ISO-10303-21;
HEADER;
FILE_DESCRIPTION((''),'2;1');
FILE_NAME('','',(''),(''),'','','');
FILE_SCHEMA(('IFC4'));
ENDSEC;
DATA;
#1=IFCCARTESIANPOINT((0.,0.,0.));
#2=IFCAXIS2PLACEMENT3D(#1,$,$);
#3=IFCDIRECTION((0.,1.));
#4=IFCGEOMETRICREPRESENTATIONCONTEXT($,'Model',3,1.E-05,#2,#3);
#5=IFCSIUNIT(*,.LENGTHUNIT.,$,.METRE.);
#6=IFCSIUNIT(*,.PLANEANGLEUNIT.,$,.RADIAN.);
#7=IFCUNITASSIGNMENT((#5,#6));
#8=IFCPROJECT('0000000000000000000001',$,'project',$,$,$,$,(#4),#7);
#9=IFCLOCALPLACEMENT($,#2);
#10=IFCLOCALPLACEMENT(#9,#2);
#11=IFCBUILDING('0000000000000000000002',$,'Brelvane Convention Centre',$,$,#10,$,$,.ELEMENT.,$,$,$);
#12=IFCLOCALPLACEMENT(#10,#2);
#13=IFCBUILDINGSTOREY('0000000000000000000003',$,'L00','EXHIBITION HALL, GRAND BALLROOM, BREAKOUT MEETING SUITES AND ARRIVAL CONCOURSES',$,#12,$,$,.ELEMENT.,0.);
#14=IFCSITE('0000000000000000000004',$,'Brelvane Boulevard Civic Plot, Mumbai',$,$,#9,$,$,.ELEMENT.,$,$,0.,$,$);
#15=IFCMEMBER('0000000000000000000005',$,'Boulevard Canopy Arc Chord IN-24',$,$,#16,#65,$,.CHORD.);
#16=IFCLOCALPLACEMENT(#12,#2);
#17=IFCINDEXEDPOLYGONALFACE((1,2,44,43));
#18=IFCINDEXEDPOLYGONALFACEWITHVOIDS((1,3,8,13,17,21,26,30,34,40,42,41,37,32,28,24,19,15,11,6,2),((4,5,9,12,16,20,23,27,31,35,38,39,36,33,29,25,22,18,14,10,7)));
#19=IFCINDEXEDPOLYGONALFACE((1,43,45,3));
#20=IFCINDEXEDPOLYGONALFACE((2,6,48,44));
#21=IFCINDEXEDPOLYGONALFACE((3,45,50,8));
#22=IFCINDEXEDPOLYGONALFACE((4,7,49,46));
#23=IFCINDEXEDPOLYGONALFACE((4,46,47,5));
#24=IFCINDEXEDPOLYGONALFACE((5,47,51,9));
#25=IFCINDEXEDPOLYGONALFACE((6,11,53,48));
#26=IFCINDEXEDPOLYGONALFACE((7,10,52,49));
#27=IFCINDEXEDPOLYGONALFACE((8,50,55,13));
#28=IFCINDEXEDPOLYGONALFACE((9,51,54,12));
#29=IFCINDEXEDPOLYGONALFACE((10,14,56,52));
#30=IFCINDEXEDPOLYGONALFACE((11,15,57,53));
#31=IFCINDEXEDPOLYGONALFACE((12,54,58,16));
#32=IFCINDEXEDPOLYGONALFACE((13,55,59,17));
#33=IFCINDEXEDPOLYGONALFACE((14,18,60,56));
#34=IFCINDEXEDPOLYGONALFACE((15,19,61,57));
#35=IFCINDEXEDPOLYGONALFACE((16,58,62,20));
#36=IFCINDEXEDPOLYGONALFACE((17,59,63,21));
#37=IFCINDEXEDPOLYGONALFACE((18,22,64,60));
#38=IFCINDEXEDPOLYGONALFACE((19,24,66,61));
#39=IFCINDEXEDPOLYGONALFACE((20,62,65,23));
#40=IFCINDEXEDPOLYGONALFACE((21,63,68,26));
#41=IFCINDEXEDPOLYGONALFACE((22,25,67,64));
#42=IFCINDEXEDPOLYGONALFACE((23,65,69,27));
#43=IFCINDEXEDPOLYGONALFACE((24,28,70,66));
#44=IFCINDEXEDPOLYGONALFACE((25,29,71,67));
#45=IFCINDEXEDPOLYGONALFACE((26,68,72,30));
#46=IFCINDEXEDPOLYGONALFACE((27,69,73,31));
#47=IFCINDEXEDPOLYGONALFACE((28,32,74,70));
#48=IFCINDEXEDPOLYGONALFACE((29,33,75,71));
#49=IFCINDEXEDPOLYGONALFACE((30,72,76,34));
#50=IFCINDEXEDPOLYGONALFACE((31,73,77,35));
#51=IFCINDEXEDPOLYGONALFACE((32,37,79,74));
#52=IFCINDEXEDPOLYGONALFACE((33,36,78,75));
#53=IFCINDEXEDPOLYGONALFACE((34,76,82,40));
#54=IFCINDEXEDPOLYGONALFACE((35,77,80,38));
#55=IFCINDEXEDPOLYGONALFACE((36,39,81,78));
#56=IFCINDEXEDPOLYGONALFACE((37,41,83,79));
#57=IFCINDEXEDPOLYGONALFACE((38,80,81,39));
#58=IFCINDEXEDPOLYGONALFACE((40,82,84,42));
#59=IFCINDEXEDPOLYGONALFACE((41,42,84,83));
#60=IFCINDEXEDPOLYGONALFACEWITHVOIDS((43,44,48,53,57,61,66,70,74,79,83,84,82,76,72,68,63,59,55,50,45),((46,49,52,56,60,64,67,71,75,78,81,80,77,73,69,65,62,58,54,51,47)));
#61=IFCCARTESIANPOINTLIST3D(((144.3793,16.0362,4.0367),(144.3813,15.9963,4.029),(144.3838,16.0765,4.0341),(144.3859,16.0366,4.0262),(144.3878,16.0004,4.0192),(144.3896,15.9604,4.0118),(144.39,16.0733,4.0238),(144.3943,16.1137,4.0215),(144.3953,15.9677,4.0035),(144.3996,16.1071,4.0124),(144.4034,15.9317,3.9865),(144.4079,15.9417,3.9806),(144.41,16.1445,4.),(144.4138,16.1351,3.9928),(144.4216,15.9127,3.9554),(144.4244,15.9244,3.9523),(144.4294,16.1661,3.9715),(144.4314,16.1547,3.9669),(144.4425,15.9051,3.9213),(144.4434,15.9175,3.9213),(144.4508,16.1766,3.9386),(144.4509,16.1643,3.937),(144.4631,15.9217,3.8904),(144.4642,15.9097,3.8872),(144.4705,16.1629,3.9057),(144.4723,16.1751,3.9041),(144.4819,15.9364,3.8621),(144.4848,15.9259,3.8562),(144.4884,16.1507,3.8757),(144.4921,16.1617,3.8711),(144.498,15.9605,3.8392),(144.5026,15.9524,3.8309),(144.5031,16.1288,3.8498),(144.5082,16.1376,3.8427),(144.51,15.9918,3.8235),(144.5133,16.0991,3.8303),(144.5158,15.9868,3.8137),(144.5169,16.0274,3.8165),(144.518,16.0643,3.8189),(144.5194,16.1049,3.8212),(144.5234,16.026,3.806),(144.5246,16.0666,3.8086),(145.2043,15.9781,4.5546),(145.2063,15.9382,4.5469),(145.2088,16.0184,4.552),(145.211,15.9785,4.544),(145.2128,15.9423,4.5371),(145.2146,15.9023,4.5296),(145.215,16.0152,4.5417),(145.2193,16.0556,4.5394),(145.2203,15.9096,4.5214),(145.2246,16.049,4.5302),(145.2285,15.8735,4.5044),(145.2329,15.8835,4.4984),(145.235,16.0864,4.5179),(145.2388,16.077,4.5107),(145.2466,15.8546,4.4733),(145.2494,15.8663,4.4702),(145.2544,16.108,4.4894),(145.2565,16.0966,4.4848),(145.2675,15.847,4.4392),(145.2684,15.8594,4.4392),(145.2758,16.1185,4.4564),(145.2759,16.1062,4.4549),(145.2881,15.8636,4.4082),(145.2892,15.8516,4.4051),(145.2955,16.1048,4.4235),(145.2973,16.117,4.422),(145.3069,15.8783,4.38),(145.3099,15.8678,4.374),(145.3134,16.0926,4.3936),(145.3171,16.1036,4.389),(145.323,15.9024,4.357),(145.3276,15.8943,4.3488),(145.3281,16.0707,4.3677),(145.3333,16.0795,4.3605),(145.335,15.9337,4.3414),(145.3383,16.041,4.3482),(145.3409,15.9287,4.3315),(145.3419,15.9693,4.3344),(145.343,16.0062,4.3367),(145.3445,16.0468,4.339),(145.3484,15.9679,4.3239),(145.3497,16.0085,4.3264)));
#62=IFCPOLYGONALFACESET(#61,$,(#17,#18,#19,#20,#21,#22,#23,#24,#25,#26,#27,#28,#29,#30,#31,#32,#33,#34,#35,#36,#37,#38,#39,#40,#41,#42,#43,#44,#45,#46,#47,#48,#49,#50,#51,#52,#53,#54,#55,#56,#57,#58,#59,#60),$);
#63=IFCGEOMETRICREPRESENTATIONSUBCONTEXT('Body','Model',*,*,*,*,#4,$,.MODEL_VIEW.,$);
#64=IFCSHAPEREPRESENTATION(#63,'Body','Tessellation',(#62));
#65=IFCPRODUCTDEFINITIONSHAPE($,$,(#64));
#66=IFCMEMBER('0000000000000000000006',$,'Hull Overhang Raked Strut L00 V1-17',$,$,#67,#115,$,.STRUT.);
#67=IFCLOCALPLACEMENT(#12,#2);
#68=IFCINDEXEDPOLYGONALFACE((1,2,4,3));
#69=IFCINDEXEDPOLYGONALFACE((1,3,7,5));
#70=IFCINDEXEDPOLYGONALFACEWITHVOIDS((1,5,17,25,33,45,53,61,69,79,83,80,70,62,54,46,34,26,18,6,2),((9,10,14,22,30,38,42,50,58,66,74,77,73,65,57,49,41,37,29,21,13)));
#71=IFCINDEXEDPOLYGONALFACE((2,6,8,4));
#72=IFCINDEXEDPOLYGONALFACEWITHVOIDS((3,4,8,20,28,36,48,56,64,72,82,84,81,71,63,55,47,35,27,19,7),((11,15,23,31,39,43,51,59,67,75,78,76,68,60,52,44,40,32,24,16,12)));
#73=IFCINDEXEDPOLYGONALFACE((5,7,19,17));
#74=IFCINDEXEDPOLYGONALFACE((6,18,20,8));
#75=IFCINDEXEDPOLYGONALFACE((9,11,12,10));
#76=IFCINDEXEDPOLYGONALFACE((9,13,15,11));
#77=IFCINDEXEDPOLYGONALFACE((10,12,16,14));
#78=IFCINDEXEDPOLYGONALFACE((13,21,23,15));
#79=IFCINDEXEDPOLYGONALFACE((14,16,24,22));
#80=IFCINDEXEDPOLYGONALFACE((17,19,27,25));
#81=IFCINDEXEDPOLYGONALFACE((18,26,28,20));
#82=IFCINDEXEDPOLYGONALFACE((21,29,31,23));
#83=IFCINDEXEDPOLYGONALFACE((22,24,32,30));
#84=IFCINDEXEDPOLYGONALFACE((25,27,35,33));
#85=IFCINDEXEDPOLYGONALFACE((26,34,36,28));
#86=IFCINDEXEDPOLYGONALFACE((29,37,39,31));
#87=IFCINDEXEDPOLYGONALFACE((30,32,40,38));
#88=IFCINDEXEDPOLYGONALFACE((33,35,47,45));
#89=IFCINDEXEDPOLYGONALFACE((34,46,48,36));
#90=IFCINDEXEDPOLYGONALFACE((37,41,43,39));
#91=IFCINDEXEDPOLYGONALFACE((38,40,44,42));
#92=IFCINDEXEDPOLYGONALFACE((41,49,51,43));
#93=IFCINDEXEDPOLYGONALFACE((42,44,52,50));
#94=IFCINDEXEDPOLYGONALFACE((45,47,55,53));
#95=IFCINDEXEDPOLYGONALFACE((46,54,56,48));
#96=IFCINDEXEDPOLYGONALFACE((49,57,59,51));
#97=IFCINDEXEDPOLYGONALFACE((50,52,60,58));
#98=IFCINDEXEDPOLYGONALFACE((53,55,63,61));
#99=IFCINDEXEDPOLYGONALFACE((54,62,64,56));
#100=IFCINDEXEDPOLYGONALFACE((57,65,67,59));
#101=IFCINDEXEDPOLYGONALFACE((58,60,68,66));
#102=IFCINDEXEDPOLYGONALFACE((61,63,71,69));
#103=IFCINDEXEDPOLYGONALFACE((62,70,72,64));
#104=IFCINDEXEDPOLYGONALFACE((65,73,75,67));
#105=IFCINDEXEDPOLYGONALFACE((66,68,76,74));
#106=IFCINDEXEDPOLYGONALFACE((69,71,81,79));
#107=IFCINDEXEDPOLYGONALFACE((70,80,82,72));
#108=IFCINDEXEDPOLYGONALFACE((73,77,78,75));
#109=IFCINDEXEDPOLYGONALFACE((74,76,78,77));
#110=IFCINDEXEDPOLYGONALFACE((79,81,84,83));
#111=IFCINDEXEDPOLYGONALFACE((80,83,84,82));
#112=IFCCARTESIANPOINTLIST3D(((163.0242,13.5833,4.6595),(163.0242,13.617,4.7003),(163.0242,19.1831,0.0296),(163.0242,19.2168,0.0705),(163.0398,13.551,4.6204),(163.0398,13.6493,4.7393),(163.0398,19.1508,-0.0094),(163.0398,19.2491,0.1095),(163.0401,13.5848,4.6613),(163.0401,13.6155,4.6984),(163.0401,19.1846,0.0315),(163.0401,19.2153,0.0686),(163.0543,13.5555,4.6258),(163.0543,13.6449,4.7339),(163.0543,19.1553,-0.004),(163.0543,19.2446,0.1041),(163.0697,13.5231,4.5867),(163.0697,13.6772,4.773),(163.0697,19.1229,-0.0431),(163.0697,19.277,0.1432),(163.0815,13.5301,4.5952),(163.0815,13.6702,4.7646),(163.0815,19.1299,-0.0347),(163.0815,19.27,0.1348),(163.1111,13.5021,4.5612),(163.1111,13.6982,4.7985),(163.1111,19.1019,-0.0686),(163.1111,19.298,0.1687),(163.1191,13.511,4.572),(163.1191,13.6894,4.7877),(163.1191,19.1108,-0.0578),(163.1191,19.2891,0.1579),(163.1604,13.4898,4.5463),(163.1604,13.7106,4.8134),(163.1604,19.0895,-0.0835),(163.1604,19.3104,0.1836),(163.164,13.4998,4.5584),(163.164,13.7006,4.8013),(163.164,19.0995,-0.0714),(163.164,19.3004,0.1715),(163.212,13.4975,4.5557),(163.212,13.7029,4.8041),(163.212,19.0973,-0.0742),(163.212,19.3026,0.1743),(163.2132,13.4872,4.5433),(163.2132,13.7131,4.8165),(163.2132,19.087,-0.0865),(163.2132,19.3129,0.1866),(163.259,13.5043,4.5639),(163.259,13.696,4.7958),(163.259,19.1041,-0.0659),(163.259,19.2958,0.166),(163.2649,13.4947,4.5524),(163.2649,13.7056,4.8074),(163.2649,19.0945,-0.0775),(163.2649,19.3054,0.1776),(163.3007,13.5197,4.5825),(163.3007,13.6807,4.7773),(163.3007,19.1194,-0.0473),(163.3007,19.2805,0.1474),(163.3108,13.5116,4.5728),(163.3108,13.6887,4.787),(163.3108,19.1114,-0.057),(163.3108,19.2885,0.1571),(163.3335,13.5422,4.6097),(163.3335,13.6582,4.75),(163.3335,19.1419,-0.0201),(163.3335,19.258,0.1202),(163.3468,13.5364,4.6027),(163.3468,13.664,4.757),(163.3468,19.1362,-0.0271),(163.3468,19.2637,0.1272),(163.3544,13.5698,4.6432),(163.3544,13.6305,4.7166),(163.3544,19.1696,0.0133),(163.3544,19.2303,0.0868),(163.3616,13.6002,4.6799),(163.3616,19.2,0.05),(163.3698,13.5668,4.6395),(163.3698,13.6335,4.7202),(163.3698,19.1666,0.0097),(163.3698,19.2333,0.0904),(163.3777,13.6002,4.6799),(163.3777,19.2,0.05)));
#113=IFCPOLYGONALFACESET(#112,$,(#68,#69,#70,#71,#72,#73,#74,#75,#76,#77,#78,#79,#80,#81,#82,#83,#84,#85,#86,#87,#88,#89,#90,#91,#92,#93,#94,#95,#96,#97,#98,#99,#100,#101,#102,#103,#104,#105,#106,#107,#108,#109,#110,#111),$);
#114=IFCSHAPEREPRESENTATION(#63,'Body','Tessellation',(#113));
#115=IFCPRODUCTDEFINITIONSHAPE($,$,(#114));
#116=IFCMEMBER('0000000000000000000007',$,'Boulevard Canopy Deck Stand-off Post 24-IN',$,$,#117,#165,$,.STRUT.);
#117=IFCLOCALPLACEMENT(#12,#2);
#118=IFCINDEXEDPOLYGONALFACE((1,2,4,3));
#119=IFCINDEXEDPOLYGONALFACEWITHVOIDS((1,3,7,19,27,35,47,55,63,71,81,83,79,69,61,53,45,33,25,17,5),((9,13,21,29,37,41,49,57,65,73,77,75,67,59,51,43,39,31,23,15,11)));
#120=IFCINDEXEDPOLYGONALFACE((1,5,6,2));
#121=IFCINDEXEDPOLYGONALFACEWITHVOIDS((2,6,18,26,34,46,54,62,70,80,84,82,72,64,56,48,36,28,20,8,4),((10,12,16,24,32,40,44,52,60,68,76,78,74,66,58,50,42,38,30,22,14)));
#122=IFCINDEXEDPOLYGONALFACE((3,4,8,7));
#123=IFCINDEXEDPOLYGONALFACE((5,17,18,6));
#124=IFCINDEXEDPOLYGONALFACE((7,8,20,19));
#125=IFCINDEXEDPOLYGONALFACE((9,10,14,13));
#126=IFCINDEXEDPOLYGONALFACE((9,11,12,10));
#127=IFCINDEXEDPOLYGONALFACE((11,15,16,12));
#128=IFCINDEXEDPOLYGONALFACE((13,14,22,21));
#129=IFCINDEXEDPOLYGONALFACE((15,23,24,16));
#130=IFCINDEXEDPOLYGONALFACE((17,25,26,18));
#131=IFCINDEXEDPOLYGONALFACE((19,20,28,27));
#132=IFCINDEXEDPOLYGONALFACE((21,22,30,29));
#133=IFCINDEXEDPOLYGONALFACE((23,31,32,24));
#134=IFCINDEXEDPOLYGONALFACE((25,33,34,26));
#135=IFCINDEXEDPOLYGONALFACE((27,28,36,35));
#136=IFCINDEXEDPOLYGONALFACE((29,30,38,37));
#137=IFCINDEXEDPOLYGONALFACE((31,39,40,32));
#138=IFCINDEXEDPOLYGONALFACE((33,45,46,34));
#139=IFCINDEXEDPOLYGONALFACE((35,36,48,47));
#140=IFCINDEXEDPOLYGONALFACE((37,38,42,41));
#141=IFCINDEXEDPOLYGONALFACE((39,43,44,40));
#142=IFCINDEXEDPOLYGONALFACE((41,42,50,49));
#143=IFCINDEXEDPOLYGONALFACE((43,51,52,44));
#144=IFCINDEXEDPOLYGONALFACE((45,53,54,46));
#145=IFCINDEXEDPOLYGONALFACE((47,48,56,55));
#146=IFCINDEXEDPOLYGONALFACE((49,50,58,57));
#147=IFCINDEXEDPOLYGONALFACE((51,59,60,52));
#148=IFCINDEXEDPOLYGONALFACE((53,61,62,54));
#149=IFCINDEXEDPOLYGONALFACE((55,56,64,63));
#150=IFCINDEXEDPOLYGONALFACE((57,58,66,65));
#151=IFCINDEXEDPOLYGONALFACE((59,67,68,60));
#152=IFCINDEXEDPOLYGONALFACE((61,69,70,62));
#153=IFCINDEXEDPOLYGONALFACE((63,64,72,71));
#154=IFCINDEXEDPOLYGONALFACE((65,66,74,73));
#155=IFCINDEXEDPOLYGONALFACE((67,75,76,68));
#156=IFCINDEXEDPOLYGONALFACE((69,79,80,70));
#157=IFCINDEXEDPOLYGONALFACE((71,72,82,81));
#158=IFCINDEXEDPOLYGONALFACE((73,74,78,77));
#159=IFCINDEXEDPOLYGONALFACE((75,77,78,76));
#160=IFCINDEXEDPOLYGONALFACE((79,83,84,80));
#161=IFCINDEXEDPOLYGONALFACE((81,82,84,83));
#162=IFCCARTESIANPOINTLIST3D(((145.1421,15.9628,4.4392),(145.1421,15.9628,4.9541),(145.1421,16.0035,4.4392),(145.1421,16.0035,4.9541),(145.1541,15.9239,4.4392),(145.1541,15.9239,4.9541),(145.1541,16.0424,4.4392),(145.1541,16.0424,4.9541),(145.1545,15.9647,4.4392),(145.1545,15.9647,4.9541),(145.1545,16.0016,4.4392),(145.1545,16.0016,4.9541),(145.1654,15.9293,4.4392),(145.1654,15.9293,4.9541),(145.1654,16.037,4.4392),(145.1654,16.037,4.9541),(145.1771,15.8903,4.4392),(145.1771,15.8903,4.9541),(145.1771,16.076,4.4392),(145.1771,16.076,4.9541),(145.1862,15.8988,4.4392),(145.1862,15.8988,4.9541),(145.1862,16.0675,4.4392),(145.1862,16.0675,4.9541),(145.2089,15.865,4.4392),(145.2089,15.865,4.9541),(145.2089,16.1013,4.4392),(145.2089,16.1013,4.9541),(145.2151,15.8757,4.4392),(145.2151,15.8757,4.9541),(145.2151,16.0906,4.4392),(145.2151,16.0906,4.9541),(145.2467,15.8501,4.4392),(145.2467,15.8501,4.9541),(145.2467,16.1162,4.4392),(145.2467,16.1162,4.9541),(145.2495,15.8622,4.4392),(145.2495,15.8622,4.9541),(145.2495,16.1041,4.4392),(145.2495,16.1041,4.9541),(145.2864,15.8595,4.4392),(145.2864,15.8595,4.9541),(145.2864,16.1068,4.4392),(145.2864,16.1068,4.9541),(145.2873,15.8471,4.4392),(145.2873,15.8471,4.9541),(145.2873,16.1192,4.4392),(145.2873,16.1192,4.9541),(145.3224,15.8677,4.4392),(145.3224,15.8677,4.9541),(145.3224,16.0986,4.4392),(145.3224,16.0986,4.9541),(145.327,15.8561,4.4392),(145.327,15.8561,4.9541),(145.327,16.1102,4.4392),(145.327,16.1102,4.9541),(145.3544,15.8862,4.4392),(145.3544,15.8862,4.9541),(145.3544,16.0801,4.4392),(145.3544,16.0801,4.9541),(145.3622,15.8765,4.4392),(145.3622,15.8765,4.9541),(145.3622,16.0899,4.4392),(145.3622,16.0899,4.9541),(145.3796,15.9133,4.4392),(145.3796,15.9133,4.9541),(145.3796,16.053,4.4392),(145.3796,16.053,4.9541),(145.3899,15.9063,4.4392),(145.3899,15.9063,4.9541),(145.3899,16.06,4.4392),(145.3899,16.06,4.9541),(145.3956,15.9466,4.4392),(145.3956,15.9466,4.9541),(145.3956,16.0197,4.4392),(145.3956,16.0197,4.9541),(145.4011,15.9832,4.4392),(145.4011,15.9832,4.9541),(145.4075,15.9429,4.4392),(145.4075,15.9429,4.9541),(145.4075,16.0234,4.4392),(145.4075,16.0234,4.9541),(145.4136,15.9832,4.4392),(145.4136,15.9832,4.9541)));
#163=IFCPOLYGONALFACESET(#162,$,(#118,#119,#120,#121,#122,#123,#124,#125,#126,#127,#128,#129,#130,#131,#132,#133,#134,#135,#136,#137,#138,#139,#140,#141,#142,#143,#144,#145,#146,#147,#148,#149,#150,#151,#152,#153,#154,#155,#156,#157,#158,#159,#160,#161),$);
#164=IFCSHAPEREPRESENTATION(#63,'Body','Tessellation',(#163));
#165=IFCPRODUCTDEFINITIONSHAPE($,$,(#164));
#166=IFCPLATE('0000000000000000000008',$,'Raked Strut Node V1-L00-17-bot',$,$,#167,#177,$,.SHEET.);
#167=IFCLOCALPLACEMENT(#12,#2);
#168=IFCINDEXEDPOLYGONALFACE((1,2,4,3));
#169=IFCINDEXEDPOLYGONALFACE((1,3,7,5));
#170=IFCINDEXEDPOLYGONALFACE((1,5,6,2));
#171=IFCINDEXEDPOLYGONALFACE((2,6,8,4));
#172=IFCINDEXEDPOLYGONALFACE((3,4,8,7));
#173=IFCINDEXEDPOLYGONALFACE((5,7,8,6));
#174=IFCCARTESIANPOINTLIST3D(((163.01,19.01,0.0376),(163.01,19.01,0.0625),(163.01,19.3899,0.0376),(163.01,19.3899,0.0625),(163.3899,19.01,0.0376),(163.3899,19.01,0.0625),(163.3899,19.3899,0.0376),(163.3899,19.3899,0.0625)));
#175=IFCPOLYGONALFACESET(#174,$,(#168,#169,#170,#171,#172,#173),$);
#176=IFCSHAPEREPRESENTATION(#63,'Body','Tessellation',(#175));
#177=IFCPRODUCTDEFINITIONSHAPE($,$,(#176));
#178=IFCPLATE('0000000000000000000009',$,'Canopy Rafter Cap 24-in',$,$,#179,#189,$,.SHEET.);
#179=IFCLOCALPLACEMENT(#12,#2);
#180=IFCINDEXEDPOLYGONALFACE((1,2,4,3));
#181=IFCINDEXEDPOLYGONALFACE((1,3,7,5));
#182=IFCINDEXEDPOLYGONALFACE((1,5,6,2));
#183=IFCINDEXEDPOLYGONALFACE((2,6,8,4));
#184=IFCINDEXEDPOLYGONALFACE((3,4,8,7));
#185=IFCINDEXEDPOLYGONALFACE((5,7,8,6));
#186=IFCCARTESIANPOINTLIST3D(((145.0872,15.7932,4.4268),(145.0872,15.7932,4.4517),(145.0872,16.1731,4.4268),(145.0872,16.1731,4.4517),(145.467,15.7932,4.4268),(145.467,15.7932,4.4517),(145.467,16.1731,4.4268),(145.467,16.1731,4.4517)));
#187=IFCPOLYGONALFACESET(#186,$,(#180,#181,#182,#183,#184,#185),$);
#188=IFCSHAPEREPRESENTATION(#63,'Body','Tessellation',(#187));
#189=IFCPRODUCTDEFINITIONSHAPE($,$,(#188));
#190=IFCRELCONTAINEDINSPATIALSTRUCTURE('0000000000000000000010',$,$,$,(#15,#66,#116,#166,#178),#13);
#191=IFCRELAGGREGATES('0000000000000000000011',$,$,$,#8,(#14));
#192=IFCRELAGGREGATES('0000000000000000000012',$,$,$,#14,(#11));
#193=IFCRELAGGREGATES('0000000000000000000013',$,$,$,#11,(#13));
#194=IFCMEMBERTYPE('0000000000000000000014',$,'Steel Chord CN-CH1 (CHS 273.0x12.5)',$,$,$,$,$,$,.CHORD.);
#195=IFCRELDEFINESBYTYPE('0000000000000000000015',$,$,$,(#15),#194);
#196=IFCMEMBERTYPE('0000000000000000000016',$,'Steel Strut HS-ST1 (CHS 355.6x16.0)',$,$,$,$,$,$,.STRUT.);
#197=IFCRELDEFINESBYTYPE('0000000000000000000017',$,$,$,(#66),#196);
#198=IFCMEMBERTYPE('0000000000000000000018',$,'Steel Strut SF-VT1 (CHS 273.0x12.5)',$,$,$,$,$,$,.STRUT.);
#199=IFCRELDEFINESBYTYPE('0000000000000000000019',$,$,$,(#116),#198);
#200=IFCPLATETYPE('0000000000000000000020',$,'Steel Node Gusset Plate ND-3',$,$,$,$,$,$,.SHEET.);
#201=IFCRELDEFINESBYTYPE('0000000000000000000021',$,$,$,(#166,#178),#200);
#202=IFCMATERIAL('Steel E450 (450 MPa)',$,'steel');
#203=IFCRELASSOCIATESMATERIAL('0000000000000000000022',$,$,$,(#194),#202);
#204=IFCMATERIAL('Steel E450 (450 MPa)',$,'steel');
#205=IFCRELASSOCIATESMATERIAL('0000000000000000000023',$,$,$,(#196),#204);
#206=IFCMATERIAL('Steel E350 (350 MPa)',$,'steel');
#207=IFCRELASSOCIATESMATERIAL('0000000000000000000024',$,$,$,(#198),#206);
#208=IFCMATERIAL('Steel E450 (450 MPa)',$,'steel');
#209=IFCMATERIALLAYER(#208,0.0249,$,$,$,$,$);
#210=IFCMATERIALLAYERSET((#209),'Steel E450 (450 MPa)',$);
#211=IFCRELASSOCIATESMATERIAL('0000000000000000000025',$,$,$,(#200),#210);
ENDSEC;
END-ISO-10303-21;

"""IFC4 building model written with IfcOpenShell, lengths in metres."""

from ifc_helpers import new_model, si_unit, direction, frame, origin, origin_2d, place, context, subcontext, project, spatial, rectangle, hollow_circle, extrude, material, layer, layer_set, material_profile, profile_set, type_object, element, save


model = new_model("IFC4")

# Units and contexts
model_context = context("Model", 3, precision=1e-05, world=origin(), true_north=direction((0.0, 1.0)))
body_context = subcontext(model_context, "Body", "Model", "MODEL_VIEW")
ifc_project = project(units=[si_unit("LENGTHUNIT", "METRE"), si_unit("PLANEANGLEUNIT", "RADIAN")], contexts=[model_context])

# Site, building, storey
site_placement = place(None, origin())
site = spatial("IfcSite", under=ifc_project, at=site_placement, Name="Brelvane Boulevard Civic Plot, Mumbai", CompositionType="ELEMENT", RefElevation=0.0)
building_placement = place(site_placement, origin())
building = spatial("IfcBuilding", under=site, at=building_placement, Name="Brelvane Convention Centre", CompositionType="ELEMENT")
storey_placement = place(building_placement, origin())
storey = spatial("IfcBuildingStorey", under=building, at=storey_placement, Name="L00", Description="EXHIBITION HALL, GRAND BALLROOM, BREAKOUT MEETING SUITES AND ARRIVAL CONCOURSES", CompositionType="ELEMENT", Elevation=0.0)

# Members
ifc_material_1 = material(Name="Steel E450 (450 MPa)", Category="steel")
ifc_material_profile_1 = material_profile(ifc_material_1, hollow_circle(Radius=0.1365, WallThickness=0.0125, at=origin_2d()), Name="CHS 273.0x12.5")
ifc_profile_set_1 = profile_set([ifc_material_profile_1], Name="Steel E450 (450 MPa)")
member_type_1 = type_object("IfcMemberType", Name="Steel Chord CN-CH1 (CHS 273.0x12.5)", PredefinedType="CHORD", material=ifc_profile_set_1)
member_1_placement = place(storey_placement, frame((145.2771, 15.9832, 4.4392), z_axis=(-0.845466, 0.05955, -0.530699), x_axis=(-0.070261, -0.997529, 0.0)))
element("IfcMember", 1, at=member_1_placement, inside=storey, type_object=member_type_1, Name="Boulevard Canopy Arc Chord IN-24", PredefinedType="CHORD", context=body_context, shape_type="SweptSolid", body=[
    extrude(hollow_circle(Radius=0.1365, WallThickness=0.0125, at=origin_2d()), origin(), (0.0, 0.0, 1.0), 0.9758),
])
ifc_material_2 = material(Name="Steel E450 (450 MPa)", Category="steel")
ifc_material_profile_2 = material_profile(ifc_material_2, hollow_circle(Radius=0.1777, WallThickness=0.0161, at=origin_2d()), Name="CHS 355.6x16.0")
ifc_profile_set_2 = profile_set([ifc_material_profile_2], Name="Steel E450 (450 MPa)")
member_type_2 = type_object("IfcMemberType", Name="Steel Strut HS-ST1 (CHS 355.6x16.0)", PredefinedType="STRUT", material=ifc_profile_set_2)
member_2_placement = place(storey_placement, frame((163.2, 19.2, 0.05), z_axis=(0.0, -0.770697, 0.637202), x_axis=(1.0, 0.0, 0.0)))
element("IfcMember", 2, at=member_2_placement, inside=storey, type_object=member_type_2, Name="Hull Overhang Raked Strut L00 V1-17", PredefinedType="STRUT", context=body_context, shape_type="SweptSolid", body=[
    extrude(hollow_circle(Radius=0.1777, WallThickness=0.0161, at=origin_2d()), origin(), (0.0, 0.0, 1.0), 7.2659),
])
ifc_material_3 = material(Name="Steel E350 (350 MPa)", Category="steel")
ifc_material_profile_3 = material_profile(ifc_material_3, hollow_circle(Radius=0.1365, WallThickness=0.0125, at=origin_2d()), Name="CHS 273.0x12.5")
ifc_profile_set_3 = profile_set([ifc_material_profile_3], Name="Steel E350 (350 MPa)")
member_type_3 = type_object("IfcMemberType", Name="Steel Strut SF-VT1 (CHS 273.0x12.5)", PredefinedType="STRUT", material=ifc_profile_set_3)
member_3_placement = place(storey_placement, frame((145.2771, 15.9832, 4.4392), z_axis=(0.0, 0.0, 1.0), x_axis=(1.0, 0.0, 0.0)))
element("IfcMember", 3, at=member_3_placement, inside=storey, type_object=member_type_3, Name="Boulevard Canopy Deck Stand-off Post 24-IN", PredefinedType="STRUT", context=body_context, shape_type="SweptSolid", body=[
    extrude(hollow_circle(Radius=0.1365, WallThickness=0.0125, at=origin_2d()), origin(), (0.0, 0.0, 1.0), 0.5149),
])

# Plates
ifc_material_4 = material(Name="Steel E450 (450 MPa)", Category="steel")
ifc_layer_1 = layer(ifc_material_4, 0.0249)
ifc_layer_set_1 = layer_set([ifc_layer_1], Name="Steel E450 (450 MPa)")
plate_type = type_object("IfcPlateType", Name="Steel Node Gusset Plate ND-3", PredefinedType="SHEET", material=ifc_layer_set_1)
for number, where, z_axis, x_axis, name in (
    (4, (163.2, 19.2, 0.0376), (0.0, 0.0, 1.0), (1.0, 0.0, 0.0), "Raked Strut Node V1-L00-17-bot"),
    (5, (145.2771, 15.9832, 4.4268), (0.0, 0.0, 1.0), (1.0, 0.0, 0.0), "Canopy Rafter Cap 24-in"),
):
    element("IfcPlate", number, at=place(storey_placement, frame(where, z_axis=z_axis, x_axis=x_axis)), inside=storey, type_object=plate_type, Name=name, PredefinedType="SHEET", context=body_context, shape_type="SweptSolid", body=[
        extrude(rectangle(XDim=0.3799, YDim=0.3799, at=origin_2d()), origin(), (0.0, 0.0, 1.0), 0.0249),
    ])

save(model, "model.ifc")
